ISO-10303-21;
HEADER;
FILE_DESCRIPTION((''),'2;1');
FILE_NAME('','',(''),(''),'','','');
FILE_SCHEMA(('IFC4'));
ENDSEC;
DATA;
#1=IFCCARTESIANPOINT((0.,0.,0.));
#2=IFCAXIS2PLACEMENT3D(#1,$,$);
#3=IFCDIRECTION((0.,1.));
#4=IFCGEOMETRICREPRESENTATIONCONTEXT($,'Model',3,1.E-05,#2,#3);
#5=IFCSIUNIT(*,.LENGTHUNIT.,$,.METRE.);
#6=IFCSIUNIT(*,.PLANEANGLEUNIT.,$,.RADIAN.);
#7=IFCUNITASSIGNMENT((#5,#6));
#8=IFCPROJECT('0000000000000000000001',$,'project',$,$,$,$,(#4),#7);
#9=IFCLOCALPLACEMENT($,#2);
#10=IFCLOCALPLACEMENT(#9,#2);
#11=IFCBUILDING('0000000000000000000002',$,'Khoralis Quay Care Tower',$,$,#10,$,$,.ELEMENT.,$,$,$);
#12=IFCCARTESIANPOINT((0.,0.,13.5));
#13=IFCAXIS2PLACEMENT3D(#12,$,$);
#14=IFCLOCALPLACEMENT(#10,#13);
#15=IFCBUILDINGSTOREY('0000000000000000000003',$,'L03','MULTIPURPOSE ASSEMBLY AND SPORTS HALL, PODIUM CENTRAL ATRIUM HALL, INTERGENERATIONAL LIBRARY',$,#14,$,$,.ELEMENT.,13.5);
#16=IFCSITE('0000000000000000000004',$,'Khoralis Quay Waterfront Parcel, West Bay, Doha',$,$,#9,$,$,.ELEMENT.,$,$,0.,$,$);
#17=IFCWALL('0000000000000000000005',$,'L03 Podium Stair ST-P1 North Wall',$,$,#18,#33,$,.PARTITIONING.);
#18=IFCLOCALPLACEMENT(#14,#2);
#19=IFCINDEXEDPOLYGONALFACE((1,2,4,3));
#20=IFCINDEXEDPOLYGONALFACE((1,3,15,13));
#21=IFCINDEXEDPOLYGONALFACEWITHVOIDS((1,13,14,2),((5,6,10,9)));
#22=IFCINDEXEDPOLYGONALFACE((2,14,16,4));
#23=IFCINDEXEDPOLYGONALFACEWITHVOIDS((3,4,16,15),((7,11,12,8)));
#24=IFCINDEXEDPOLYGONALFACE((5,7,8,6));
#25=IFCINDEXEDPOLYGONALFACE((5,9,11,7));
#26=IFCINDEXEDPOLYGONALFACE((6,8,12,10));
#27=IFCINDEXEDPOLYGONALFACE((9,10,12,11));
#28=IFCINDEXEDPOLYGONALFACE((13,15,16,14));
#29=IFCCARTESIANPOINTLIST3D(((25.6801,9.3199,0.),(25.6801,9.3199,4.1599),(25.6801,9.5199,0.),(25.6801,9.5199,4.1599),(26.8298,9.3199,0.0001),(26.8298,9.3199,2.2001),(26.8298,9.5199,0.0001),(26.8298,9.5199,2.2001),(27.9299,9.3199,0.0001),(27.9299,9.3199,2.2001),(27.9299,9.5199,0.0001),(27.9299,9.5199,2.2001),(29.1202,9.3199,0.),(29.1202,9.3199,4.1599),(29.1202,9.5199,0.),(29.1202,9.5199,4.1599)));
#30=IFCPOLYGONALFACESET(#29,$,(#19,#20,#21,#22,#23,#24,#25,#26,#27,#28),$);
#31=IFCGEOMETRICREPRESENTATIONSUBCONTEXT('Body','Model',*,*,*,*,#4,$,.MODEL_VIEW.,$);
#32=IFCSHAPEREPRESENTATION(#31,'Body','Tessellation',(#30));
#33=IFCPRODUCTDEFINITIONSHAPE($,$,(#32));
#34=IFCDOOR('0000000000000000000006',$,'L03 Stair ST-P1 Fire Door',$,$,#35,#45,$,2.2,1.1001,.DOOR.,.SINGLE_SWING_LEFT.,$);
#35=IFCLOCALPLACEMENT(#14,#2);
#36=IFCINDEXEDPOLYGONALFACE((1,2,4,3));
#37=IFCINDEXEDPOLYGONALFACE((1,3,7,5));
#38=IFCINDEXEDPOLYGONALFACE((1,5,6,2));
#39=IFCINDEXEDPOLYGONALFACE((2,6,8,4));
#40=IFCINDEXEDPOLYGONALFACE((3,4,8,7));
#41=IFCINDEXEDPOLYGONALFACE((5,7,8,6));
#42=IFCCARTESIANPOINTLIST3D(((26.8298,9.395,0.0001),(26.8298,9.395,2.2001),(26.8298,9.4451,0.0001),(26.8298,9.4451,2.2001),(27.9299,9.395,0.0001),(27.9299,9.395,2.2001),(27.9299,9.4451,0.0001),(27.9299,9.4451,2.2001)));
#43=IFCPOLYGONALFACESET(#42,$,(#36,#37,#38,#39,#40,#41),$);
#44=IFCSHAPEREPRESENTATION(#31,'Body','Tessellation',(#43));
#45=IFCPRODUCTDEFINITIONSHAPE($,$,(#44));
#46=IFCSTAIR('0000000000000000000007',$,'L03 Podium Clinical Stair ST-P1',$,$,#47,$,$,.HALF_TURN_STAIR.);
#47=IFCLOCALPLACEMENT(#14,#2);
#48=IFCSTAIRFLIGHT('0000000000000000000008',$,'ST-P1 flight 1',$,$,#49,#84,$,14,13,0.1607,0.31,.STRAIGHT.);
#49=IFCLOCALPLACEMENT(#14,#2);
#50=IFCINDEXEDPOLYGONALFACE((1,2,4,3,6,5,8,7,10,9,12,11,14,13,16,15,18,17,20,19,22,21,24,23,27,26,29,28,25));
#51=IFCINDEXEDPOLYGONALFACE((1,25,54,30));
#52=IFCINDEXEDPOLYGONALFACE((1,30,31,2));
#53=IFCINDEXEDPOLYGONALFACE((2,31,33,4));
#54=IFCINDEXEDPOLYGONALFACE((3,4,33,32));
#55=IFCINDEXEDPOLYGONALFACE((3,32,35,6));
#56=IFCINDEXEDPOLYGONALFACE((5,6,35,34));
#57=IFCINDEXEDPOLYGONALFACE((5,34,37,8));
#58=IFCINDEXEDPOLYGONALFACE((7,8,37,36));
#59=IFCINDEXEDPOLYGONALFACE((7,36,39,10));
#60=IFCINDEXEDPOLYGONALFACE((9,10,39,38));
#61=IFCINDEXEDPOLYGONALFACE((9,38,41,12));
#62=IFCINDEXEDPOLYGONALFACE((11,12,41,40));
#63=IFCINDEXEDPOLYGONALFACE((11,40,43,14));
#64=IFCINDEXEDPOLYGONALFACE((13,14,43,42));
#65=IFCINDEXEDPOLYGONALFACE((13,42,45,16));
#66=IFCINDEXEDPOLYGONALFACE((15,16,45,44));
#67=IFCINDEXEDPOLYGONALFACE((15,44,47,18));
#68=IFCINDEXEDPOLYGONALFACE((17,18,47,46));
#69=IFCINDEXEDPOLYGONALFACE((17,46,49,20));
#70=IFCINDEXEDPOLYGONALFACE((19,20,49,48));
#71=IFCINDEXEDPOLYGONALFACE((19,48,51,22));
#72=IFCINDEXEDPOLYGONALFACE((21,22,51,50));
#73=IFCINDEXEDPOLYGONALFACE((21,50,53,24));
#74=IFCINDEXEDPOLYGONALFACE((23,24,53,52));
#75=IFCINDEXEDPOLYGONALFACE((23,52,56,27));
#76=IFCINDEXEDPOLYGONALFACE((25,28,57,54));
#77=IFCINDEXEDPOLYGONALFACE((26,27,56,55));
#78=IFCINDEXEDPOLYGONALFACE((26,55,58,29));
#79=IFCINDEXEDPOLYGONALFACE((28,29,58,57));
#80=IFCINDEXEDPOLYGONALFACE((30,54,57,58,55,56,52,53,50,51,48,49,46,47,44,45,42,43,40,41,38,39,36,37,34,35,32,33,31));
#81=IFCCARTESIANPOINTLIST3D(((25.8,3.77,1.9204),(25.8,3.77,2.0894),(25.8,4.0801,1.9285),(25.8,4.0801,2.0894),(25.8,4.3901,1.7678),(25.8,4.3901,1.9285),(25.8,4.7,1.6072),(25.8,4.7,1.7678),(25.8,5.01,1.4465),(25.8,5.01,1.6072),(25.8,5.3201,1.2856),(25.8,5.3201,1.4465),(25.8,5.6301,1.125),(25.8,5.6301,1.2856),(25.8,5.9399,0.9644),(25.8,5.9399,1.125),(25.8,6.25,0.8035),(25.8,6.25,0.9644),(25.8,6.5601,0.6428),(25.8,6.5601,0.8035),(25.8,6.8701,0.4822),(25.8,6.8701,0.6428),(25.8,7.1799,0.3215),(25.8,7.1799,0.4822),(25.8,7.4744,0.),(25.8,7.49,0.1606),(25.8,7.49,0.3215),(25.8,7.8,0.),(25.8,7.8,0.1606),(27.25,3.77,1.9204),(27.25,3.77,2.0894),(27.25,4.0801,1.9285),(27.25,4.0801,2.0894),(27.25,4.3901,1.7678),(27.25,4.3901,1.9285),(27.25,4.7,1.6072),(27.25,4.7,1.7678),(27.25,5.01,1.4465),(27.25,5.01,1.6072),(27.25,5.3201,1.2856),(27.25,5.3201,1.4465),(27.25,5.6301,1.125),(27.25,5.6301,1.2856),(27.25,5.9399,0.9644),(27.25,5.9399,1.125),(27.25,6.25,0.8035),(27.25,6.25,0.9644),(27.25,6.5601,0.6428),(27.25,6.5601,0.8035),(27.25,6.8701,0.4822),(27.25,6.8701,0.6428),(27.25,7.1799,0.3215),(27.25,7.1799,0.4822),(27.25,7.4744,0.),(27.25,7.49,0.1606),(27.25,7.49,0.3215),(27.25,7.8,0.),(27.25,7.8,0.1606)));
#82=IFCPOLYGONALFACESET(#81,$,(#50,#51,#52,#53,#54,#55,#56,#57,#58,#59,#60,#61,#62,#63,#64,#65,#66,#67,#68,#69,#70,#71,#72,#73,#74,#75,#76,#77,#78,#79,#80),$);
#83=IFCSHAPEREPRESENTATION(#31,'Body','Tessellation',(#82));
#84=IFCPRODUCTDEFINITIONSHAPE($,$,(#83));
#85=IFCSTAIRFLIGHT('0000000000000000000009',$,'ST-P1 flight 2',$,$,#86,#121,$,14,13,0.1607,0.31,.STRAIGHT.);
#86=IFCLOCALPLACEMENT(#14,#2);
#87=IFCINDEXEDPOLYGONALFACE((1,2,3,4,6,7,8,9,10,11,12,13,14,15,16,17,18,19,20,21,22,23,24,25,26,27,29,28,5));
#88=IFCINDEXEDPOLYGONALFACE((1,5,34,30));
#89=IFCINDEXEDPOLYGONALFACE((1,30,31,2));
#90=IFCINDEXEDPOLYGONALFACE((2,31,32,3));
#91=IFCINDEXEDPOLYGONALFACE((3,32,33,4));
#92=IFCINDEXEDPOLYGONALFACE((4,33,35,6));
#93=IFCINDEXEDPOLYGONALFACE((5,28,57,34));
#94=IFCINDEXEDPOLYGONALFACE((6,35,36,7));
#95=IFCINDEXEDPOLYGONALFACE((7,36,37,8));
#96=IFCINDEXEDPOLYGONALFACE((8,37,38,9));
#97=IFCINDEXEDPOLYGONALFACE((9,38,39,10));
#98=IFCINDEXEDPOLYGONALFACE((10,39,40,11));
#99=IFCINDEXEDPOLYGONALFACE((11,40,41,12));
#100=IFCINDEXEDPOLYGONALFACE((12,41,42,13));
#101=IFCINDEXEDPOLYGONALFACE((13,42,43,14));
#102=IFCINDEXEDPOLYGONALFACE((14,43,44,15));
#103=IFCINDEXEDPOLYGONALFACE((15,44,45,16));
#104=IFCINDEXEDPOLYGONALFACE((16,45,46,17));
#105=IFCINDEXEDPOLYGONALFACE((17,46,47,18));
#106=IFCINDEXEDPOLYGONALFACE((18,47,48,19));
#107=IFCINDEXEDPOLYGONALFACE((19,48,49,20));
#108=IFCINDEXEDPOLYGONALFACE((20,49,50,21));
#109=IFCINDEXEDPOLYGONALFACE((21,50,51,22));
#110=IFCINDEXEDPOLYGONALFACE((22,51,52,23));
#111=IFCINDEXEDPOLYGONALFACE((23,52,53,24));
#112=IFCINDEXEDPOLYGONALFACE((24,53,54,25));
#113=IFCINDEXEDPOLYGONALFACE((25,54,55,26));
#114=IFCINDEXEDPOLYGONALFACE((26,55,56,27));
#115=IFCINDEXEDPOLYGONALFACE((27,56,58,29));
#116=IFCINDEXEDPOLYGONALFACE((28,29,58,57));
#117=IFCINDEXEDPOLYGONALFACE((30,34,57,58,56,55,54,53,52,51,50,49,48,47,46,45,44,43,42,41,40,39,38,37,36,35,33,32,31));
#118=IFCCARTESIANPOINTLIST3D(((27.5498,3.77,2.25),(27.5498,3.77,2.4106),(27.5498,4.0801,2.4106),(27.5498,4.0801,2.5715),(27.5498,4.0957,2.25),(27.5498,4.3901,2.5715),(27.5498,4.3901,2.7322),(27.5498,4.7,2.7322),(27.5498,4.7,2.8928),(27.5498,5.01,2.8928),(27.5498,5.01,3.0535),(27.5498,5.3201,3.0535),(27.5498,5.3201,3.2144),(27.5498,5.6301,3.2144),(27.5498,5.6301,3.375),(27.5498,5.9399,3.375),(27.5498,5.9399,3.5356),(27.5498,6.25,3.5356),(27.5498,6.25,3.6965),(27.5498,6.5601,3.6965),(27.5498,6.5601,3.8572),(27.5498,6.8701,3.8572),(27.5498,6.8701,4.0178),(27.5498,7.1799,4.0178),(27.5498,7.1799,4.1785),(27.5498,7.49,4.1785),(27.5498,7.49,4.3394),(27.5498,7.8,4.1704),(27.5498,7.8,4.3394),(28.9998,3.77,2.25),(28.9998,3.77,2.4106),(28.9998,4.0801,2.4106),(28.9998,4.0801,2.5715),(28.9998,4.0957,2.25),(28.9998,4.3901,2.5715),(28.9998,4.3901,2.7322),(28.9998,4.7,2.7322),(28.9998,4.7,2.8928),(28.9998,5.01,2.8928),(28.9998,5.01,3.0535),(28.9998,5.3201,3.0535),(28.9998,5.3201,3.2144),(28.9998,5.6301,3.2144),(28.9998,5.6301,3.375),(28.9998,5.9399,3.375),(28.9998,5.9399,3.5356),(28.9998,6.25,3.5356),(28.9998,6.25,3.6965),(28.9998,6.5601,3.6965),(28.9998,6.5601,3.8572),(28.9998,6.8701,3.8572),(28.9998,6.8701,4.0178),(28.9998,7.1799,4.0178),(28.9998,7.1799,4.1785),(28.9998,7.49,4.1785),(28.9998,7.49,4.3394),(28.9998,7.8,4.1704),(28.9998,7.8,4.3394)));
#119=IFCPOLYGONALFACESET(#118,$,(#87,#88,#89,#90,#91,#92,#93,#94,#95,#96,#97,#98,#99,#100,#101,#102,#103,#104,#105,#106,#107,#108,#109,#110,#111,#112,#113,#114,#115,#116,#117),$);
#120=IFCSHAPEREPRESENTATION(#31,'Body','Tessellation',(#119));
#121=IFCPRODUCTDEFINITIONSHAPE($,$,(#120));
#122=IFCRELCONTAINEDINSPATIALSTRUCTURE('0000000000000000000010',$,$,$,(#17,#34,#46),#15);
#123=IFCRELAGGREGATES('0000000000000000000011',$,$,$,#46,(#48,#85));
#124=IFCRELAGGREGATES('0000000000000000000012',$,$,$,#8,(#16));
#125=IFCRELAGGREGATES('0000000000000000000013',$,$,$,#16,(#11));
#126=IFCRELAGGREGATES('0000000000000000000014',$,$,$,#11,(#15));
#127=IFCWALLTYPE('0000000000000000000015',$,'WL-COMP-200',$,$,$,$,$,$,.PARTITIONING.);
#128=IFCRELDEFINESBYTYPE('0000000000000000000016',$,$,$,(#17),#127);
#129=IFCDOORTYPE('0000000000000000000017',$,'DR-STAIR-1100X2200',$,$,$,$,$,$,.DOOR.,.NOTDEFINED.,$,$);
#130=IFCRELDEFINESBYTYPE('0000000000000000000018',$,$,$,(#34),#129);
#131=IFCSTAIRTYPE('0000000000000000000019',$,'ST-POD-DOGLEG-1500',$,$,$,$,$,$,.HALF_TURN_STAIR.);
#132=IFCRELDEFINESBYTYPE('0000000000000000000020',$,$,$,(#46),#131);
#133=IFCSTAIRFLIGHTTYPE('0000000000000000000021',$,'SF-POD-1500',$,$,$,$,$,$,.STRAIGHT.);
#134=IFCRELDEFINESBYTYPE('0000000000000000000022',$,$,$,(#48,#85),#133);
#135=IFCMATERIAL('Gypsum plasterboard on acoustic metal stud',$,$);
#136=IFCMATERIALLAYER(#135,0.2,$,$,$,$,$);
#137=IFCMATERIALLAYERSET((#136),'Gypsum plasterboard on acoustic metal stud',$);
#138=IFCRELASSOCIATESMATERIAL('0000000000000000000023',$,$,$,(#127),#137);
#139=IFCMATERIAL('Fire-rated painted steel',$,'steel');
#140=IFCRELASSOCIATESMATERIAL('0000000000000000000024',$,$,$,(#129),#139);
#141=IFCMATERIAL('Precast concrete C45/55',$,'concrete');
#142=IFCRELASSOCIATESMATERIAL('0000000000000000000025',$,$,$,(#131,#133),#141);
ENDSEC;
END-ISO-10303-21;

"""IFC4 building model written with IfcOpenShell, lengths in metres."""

from ifc_helpers import new_model, si_unit, direction, frame, frame_2d, origin, place, context, subcontext, project, spatial, polyline, rectangle, outline, extrude, source, transform, mapped, material, layer, layer_set, type_object, element, fill, aggregate, save


model = new_model("IFC4")

# Units and contexts
model_context = context("Model", 3, precision=1e-05, world=origin(), true_north=direction((0.0, 1.0)))
body_context = subcontext(model_context, "Body", "Model", "MODEL_VIEW")
ifc_project = project(units=[si_unit("LENGTHUNIT", "METRE"), si_unit("PLANEANGLEUNIT", "RADIAN")], contexts=[model_context])

# Site, building, storey
site_placement = place(None, origin())
site = spatial("IfcSite", under=ifc_project, at=site_placement, Name="Khoralis Quay Waterfront Parcel, West Bay, Doha", CompositionType="ELEMENT", RefElevation=0.0)
building_placement = place(site_placement, origin())
building = spatial("IfcBuilding", under=site, at=building_placement, Name="Khoralis Quay Care Tower", CompositionType="ELEMENT")
storey_placement = place(building_placement, frame((0.0, 0.0, 13.5)))
storey = spatial("IfcBuildingStorey", under=building, at=storey_placement, Name="L03", Description="MULTIPURPOSE ASSEMBLY AND SPORTS HALL, PODIUM CENTRAL ATRIUM HALL, INTERGENERATIONAL LIBRARY", CompositionType="ELEMENT", Elevation=13.5)

# Shared definitions
ifc_material_1 = material(Name="Gypsum plasterboard on acoustic metal stud")
ifc_layer = layer(ifc_material_1, 0.2)
ifc_layer_set = layer_set([ifc_layer], Name="Gypsum plasterboard on acoustic metal stud")
wall_type = type_object("IfcWallType", Name="WL-COMP-200", PredefinedType="PARTITIONING", material=ifc_layer_set)
ifc_material_2 = material(Name="Fire-rated painted steel", Category="steel")

# Wall, opening, door
wall_1_placement = place(storey_placement, frame((25.6799, 9.4199, 0.0), z_axis=(0.0, 0.0, 1.0), x_axis=(1.0, 0.0, 0.0)))
wall_1 = element("IfcWall", 1, at=wall_1_placement, inside=storey, type_object=wall_type, Name="L03 Podium Stair ST-P1 North Wall", PredefinedType="PARTITIONING", context=body_context, shape_type="SweptSolid", body=[
    extrude(rectangle(XDim=3.4402, YDim=0.2, at=frame_2d((1.7202, 0.0))), origin(), (0.0, 0.0, 1.0), 4.1599),
])
opening_1_placement = place(wall_1_placement, frame((1.1499, 0.0, 0.0)))
opening_1 = element("IfcOpeningElement", 2, at=opening_1_placement, cuts=wall_1, PredefinedType="OPENING", context=body_context, shape_type="SweptSolid", body=[
    extrude(rectangle(XDim=1.1001, YDim=2.2, at=frame_2d((0.55, 1.1001))), frame((0.0, 0.1099, 0.0), z_axis=(0.0, -1.0, 0.0), x_axis=(1.0, 0.0, 0.0)), (0.0, 0.0, 1.0), 0.22),
])
door_type_1 = type_object("IfcDoorType", Name="DR-STAIR-1100X2200", OperationType="NOTDEFINED", PredefinedType="DOOR", material=ifc_material_2)
shared_shape_1 = source(origin(), body_context, "Body", "SweptSolid", [
    extrude(rectangle(XDim=1.1001, YDim=2.2, at=frame_2d((0.55, 1.1001))), frame((0.0, 0.0249, 0.0), z_axis=(0.0, -1.0, 0.0), x_axis=(1.0, 0.0, 0.0)), (0.0, 0.0, 1.0), 0.05),
])
door_1_placement = place(opening_1_placement, frame((1.1001, 0.0, 0.0), z_axis=(0.0, 0.0, 1.0), x_axis=(-1.0, 0.0, 0.0)))
door_1 = element("IfcDoor", 3, at=door_1_placement, inside=storey, type_object=door_type_1, Name="L03 Stair ST-P1 Fire Door", OperationType="SINGLE_SWING_LEFT", OverallHeight=2.2, OverallWidth=1.1001, PredefinedType="DOOR", context=body_context, shape_type="MappedRepresentation", body=[
    mapped(shared_shape_1, transform((0.0, 0.0, 0.0), scale=1.0)),
])
fill(opening_1, door_1)

# Stair, stair flights
ifc_material_3 = material(Name="Precast concrete C45/55", Category="concrete")
stair_type = type_object("IfcStairType", Name="ST-POD-DOGLEG-1500", PredefinedType="HALF_TURN_STAIR", material=ifc_material_3)
stair_placement = place(storey_placement, origin())
stair = element("IfcStair", 4, at=stair_placement, inside=storey, type_object=stair_type, Name="L03 Podium Clinical Stair ST-P1", PredefinedType="HALF_TURN_STAIR")
stair_flight_type = type_object("IfcStairFlightType", Name="SF-POD-1500", PredefinedType="STRAIGHT", material=ifc_material_3)
shared_shape_2 = source(origin(), body_context, "Body", "SweptSolid", [
    extrude(outline(polyline([(0.0, 0.0), (0.0, 0.1606), (0.3101, 0.1606), (0.3101, 0.3215), (0.6201, 0.3215), (0.6201, 0.4822), (0.9299, 0.4822), (0.9299, 0.6428), (1.24, 0.6428), (1.24, 0.8035), (1.55, 0.8035), (1.55, 0.9644), (1.8601, 0.9644), (1.8601, 1.125), (2.1699, 1.125), (2.1699, 1.2856), (2.48, 1.2856), (2.48, 1.4465), (2.79, 1.4465), (2.79, 1.6072), (3.1001, 1.6072), (3.1001, 1.7678), (3.4099, 1.7678), (3.4099, 1.9285), (3.72, 1.9285), (3.72, 2.0894), (4.03, 2.0894), (4.03, 2.25), (4.03, 1.9204), (0.3257, 0.0), (0.0, 0.0)])), frame((0.0, 0.7251, 0.0), z_axis=(0.0, -1.0, 0.0), x_axis=(1.0, 0.0, 0.0)), (0.0, 0.0, 1.0), 1.45),
])
stair_flight_1_placement = place(storey_placement, frame((26.5249, 7.8, 0.0), z_axis=(0.0, 0.0, 1.0), x_axis=(0.0, -1.0, 0.0)))
stair_flight_1 = element("IfcStairFlight", 5, at=stair_flight_1_placement, type_object=stair_flight_type, Name="ST-P1 flight 1", NumberOfRisers=14, NumberOfTreads=13, PredefinedType="STRAIGHT", RiserHeight=0.1607, TreadLength=0.31, context=body_context, shape_type="MappedRepresentation", body=[
    mapped(shared_shape_2, transform((0.0, 0.0, 0.0), scale=1.0)),
])
stair_flight_2_placement = place(storey_placement, frame((28.2749, 3.77, 2.25), z_axis=(0.0, 0.0, 1.0), x_axis=(0.0, 1.0, 0.0)))
stair_flight_2 = element("IfcStairFlight", 6, at=stair_flight_2_placement, type_object=stair_flight_type, Name="ST-P1 flight 2", NumberOfRisers=14, NumberOfTreads=13, PredefinedType="STRAIGHT", RiserHeight=0.1607, TreadLength=0.31, context=body_context, shape_type="MappedRepresentation", body=[
    mapped(shared_shape_2, transform((0.0, 0.0, 0.0), scale=1.0)),
])
aggregate(stair, [stair_flight_1, stair_flight_2])

save(model, "model.ifc")
